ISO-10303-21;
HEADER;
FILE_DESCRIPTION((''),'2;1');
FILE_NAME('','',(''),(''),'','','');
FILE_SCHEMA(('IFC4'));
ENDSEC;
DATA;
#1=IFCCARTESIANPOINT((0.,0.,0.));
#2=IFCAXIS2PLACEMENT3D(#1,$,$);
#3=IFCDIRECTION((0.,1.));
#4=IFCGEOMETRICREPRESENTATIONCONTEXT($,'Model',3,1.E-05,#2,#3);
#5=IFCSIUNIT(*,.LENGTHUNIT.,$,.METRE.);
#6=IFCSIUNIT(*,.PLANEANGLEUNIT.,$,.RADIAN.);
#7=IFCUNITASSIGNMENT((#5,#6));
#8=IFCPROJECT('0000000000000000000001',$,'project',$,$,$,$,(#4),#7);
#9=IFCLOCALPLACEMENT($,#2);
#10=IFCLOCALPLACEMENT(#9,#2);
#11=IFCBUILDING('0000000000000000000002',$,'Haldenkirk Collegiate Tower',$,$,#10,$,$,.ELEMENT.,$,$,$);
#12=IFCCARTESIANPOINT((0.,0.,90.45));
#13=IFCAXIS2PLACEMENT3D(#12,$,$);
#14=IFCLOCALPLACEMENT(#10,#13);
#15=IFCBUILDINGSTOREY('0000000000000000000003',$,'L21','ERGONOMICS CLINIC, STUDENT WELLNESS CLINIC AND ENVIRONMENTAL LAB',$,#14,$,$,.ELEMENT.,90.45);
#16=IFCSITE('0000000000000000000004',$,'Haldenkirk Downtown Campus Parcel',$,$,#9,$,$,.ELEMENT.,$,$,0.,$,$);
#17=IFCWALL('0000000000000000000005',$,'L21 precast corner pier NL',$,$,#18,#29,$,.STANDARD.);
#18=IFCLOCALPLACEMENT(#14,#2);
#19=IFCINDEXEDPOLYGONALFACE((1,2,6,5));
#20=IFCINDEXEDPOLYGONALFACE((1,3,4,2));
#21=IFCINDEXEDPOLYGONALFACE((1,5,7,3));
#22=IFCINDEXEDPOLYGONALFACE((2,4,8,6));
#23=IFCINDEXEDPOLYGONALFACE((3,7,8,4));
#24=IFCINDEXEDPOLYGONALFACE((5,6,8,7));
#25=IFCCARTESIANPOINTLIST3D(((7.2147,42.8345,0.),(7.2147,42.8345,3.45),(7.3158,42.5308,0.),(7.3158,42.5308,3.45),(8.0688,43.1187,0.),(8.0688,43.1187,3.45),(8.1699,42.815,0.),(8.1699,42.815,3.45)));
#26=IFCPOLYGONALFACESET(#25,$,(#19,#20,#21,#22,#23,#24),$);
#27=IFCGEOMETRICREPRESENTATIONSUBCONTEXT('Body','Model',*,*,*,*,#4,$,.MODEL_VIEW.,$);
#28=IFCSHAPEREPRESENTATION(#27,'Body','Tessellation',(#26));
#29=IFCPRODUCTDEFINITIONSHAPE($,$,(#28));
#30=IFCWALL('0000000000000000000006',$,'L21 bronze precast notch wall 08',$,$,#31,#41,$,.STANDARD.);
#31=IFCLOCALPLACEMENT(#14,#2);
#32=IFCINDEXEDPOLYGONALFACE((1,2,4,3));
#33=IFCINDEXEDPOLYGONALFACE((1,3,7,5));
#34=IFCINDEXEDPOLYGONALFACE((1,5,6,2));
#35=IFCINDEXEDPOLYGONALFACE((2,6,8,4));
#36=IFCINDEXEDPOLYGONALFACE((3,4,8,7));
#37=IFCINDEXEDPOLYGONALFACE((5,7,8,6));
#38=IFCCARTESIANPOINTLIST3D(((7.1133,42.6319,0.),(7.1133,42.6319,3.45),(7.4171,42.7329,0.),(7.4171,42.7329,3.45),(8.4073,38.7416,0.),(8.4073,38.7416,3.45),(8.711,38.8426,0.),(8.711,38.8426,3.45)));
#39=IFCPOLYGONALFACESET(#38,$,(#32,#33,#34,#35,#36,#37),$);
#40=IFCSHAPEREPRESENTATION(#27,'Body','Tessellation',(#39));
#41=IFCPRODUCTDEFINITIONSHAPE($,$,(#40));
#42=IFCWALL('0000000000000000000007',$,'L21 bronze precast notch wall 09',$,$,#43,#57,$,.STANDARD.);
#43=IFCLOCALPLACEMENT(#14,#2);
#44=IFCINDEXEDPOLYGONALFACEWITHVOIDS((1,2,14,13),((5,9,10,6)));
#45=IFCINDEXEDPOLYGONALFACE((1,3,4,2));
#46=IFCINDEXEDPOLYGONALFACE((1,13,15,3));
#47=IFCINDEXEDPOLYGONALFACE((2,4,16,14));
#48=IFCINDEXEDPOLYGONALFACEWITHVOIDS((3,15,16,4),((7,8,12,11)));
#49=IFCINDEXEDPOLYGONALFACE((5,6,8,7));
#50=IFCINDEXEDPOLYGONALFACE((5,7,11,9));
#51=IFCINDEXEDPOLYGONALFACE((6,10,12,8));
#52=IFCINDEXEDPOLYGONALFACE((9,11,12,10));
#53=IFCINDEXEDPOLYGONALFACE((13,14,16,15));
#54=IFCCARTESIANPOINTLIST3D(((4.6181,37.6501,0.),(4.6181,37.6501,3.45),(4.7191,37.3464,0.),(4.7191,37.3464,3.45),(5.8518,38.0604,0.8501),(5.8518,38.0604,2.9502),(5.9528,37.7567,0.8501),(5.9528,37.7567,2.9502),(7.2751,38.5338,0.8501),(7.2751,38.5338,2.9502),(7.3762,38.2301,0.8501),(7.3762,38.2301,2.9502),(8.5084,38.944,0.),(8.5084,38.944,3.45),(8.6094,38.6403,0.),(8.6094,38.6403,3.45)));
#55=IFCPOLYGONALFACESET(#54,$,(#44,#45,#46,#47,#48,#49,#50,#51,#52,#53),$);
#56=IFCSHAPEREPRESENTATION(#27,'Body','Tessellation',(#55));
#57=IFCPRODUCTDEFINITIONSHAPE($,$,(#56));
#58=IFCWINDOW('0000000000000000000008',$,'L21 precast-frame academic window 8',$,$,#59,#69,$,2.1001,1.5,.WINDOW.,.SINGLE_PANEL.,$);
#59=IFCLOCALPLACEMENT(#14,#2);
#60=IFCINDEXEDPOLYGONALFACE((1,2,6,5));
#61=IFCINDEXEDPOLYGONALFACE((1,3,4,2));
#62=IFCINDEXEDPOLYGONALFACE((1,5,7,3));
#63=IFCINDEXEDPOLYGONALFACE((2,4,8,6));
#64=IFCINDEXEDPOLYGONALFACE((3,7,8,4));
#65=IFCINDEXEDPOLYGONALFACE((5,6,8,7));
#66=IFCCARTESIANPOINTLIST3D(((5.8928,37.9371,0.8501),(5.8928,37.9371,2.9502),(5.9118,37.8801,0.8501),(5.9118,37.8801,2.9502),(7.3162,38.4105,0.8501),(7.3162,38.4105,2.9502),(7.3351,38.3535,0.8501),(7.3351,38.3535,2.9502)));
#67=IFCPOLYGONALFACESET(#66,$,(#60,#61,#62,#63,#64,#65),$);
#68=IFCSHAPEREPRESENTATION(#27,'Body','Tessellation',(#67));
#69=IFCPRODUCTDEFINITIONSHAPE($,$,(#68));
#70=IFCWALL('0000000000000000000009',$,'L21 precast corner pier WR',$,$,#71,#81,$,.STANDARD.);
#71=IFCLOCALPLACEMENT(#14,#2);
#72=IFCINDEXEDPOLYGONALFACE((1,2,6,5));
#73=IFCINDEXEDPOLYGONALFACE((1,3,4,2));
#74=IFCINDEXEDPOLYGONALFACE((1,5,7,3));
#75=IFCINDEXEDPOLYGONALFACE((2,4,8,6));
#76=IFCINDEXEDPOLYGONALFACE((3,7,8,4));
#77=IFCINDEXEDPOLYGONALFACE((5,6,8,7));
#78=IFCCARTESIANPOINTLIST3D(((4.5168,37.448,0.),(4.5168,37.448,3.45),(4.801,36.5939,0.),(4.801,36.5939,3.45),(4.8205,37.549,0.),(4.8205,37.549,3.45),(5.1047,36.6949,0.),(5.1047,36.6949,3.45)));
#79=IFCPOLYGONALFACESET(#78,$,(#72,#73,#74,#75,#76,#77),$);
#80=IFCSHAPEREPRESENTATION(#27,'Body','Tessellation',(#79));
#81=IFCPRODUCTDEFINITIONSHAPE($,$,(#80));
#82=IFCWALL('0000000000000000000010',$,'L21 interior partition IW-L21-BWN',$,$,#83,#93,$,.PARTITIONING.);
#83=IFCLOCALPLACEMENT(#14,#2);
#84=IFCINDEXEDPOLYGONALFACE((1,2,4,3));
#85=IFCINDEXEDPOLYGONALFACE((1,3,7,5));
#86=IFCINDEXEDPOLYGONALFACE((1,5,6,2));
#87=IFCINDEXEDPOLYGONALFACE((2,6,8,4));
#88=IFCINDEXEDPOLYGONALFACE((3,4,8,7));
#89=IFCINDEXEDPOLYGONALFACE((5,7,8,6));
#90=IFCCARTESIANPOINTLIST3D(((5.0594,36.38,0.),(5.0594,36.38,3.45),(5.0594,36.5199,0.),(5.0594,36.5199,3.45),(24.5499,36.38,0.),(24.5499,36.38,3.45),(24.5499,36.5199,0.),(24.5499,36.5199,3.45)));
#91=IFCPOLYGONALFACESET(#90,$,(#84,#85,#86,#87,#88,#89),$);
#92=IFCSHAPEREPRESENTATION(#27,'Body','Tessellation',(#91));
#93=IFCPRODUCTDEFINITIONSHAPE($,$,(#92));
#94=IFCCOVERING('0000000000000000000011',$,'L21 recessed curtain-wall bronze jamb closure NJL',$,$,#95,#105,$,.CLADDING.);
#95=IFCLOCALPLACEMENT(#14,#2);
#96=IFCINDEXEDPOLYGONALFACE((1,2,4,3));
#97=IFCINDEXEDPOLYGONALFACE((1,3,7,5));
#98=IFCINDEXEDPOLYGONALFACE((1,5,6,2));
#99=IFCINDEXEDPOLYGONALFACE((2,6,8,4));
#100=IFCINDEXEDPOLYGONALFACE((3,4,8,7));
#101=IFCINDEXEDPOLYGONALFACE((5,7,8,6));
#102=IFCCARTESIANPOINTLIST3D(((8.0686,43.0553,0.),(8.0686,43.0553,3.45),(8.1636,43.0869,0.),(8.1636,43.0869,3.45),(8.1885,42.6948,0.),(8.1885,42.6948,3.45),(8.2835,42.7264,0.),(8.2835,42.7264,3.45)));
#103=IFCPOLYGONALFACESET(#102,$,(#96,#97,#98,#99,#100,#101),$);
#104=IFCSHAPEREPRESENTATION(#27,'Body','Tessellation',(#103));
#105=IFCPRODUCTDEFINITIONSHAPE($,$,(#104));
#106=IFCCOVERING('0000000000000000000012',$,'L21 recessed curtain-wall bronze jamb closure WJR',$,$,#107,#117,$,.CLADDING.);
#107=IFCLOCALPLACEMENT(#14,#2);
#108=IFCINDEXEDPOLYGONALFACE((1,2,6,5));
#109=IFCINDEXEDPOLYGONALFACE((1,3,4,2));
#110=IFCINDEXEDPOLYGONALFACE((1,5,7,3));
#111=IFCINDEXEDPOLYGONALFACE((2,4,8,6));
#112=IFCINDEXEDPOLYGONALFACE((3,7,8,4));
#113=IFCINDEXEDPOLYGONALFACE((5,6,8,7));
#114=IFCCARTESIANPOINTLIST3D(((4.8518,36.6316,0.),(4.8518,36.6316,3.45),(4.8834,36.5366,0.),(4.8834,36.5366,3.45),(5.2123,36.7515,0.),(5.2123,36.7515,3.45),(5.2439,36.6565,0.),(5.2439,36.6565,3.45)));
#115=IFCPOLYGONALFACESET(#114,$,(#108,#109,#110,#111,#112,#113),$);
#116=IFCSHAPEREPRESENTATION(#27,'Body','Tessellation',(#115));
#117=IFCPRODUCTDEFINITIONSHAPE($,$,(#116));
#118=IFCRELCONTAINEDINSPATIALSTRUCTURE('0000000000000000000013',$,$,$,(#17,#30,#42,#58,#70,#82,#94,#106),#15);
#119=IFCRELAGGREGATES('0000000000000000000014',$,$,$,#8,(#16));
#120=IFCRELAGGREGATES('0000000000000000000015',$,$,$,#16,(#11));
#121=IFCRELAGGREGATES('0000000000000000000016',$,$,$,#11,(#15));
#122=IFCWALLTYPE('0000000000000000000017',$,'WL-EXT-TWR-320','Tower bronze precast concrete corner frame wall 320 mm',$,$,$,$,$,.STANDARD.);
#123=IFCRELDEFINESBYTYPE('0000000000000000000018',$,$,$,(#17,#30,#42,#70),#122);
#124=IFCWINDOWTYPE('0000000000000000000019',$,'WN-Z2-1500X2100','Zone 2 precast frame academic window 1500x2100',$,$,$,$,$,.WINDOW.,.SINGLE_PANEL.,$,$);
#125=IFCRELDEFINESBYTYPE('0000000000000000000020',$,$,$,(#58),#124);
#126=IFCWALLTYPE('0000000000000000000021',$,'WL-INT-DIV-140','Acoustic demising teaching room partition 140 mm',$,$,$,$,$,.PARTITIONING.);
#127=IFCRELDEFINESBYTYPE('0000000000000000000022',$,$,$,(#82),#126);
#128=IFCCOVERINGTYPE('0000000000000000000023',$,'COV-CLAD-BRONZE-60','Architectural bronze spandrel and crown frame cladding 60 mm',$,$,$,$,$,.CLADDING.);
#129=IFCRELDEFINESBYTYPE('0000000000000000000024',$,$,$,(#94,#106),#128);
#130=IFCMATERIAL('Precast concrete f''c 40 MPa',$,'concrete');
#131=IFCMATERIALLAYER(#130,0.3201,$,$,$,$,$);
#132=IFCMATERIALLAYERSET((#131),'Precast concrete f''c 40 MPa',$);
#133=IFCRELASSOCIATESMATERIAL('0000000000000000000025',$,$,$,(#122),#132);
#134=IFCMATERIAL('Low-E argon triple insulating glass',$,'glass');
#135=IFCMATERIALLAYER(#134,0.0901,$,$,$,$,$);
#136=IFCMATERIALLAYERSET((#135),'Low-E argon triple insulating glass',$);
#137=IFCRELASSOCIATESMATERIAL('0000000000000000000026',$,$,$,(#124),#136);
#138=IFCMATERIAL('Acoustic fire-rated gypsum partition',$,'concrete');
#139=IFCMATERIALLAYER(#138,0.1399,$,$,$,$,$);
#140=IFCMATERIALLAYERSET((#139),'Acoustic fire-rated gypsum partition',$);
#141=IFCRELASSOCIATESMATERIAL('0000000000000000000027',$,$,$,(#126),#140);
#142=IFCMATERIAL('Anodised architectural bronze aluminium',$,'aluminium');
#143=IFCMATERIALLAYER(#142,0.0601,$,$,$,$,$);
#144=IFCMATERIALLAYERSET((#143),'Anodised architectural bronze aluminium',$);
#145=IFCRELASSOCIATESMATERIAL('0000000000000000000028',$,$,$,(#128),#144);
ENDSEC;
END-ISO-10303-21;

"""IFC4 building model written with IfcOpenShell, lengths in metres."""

from ifc_helpers import new_model, si_unit, direction, frame, frame_2d, origin, origin_2d, place, context, subcontext, project, spatial, rectangle, extrude, source, transform, mapped, material, layer, layer_set, type_object, element, fill, save


model = new_model("IFC4")

# Units and contexts
model_context = context("Model", 3, precision=1e-05, world=origin(), true_north=direction((0.0, 1.0)))
body_context = subcontext(model_context, "Body", "Model", "MODEL_VIEW")
ifc_project = project(units=[si_unit("LENGTHUNIT", "METRE"), si_unit("PLANEANGLEUNIT", "RADIAN")], contexts=[model_context])

# Site, building, storey
site_placement = place(None, origin())
site = spatial("IfcSite", under=ifc_project, at=site_placement, Name="Haldenkirk Downtown Campus Parcel", CompositionType="ELEMENT", RefElevation=0.0)
building_placement = place(site_placement, origin())
building = spatial("IfcBuilding", under=site, at=building_placement, Name="Haldenkirk Collegiate Tower", CompositionType="ELEMENT")
storey_placement = place(building_placement, frame((0.0, 0.0, 90.45)))
storey = spatial("IfcBuildingStorey", under=building, at=storey_placement, Name="L21", Description="ERGONOMICS CLINIC, STUDENT WELLNESS CLINIC AND ENVIRONMENTAL LAB", CompositionType="ELEMENT", Elevation=90.45)

# Shared definitions
ifc_material_1 = material(Name="Anodised architectural bronze aluminium", Category="aluminium")

# Shared definitions
ifc_material_2 = material(Name="Low-E argon triple insulating glass", Category="glass")

# Walls
ifc_material_3 = material(Name="Precast concrete f'c 40 MPa", Category="concrete")
ifc_layer_1 = layer(ifc_material_3, 0.3201)
ifc_layer_set_1 = layer_set([ifc_layer_1], Name="Precast concrete f'c 40 MPa")
wall_type_1 = type_object("IfcWallType", Name="WL-EXT-TWR-320", Description="Tower bronze precast concrete corner frame wall 320 mm", PredefinedType="STANDARD", material=ifc_layer_set_1)
wall_1_placement = place(storey_placement, frame((7.2651, 42.6826, 0.0), z_axis=(0.0, 0.0, 1.0), x_axis=(0.948846, 0.315739, 0.0)))
element("IfcWall", 1, at=wall_1_placement, inside=storey, type_object=wall_type_1, Name="L21 precast corner pier NL", PredefinedType="STANDARD", context=body_context, shape_type="SweptSolid", body=[
    extrude(rectangle(XDim=0.9001, YDim=0.3201, at=frame_2d((0.4502, 0.0))), origin(), (0.0, 0.0, 1.0), 3.45),
])
wall_2_placement = place(storey_placement, frame((8.5591, 38.7922, 0.0), z_axis=(0.0, 0.0, 1.0), x_axis=(-0.315602, 0.948892, 0.0)))
element("IfcWall", 2, at=wall_2_placement, inside=storey, type_object=wall_type_1, Name="L21 bronze precast notch wall 08", PredefinedType="STANDARD", context=body_context, shape_type="SweptSolid", body=[
    extrude(rectangle(XDim=4.0999, YDim=0.3201, at=frame_2d((2.0498, 0.0))), origin(), (0.0, 0.0, 1.0), 3.45),
])

# Wall, opening, window
wall_3_placement = place(storey_placement, frame((4.6687, 37.4983, 0.0), z_axis=(0.0, 0.0, 1.0), x_axis=(0.948892, 0.315602, 0.0)))
wall_3 = element("IfcWall", 3, at=wall_3_placement, inside=storey, type_object=wall_type_1, Name="L21 bronze precast notch wall 09", PredefinedType="STANDARD", context=body_context, shape_type="SweptSolid", body=[
    extrude(rectangle(XDim=4.0999, YDim=0.3201, at=frame_2d((2.0498, 0.0))), origin(), (0.0, 0.0, 1.0), 3.45),
])
opening_placement = place(wall_3_placement, frame((1.3, 0.0, 0.8501)))
opening = element("IfcOpeningElement", 4, at=opening_placement, cuts=wall_3, PredefinedType="OPENING", context=body_context, shape_type="SweptSolid", body=[
    extrude(rectangle(XDim=1.5, YDim=2.1001, at=frame_2d((0.75, 1.05))), frame((0.0, 0.1699, 0.0), z_axis=(0.0, -1.0, 0.0), x_axis=(1.0, 0.0, 0.0)), (0.0, 0.0, 1.0), 0.3401),
])
ifc_layer_2 = layer(ifc_material_2, 0.0901)
ifc_layer_set_2 = layer_set([ifc_layer_2], Name="Low-E argon triple insulating glass")
window_type = type_object("IfcWindowType", Name="WN-Z2-1500X2100", Description="Zone 2 precast frame academic window 1500x2100", PartitioningType="SINGLE_PANEL", PredefinedType="WINDOW", material=ifc_layer_set_2)
window_placement = place(opening_placement, origin())
window = element("IfcWindow", 5, at=window_placement, inside=storey, type_object=window_type, Name="L21 precast-frame academic window 8", OverallHeight=2.1001, OverallWidth=1.5, PartitioningType="SINGLE_PANEL", PredefinedType="WINDOW", context=body_context, shape_type="SweptSolid", body=[
    extrude(rectangle(XDim=1.5, YDim=2.1001, at=frame_2d((0.75, 1.05))), frame((0.0, 0.03, 0.0), z_axis=(0.0, -1.0, 0.0), x_axis=(1.0, 0.0, 0.0)), (0.0, 0.0, 1.0), 0.0601),
])
fill(opening, window)

# Walls
wall_4_placement = place(storey_placement, frame((4.9529, 36.6443, 0.0), z_axis=(0.0, 0.0, 1.0), x_axis=(-0.315739, 0.948846, 0.0)))
element("IfcWall", 6, at=wall_4_placement, inside=storey, type_object=wall_type_1, Name="L21 precast corner pier WR", PredefinedType="STANDARD", context=body_context, shape_type="SweptSolid", body=[
    extrude(rectangle(XDim=0.9001, YDim=0.3201, at=frame_2d((0.4502, 0.0))), origin(), (0.0, 0.0, 1.0), 3.45),
])
ifc_material_4 = material(Name="Acoustic fire-rated gypsum partition", Category="concrete")
ifc_layer_3 = layer(ifc_material_4, 0.1399)
ifc_layer_set_3 = layer_set([ifc_layer_3], Name="Acoustic fire-rated gypsum partition")
wall_type_2 = type_object("IfcWallType", Name="WL-INT-DIV-140", Description="Acoustic demising teaching room partition 140 mm", PredefinedType="PARTITIONING", material=ifc_layer_set_3)
wall_5_placement = place(storey_placement, frame((5.0596, 36.45, 0.0), z_axis=(0.0, 0.0, 1.0), x_axis=(1.0, 0.0, 0.0)))
element("IfcWall", 7, at=wall_5_placement, inside=storey, type_object=wall_type_2, Name="L21 interior partition IW-L21-BWN", PredefinedType="PARTITIONING", context=body_context, shape_type="SweptSolid", body=[
    extrude(rectangle(XDim=19.4905, YDim=0.1399, at=frame_2d((9.7451, 0.0))), origin(), (0.0, 0.0, 1.0), 3.45),
])

# Coverings
ifc_layer_4 = layer(ifc_material_1, 0.0601)
ifc_layer_set_4 = layer_set([ifc_layer_4], Name="Anodised architectural bronze aluminium")
covering_type = type_object("IfcCoveringType", Name="COV-CLAD-BRONZE-60", Description="Architectural bronze spandrel and crown frame cladding 60 mm", PredefinedType="CLADDING", material=ifc_layer_set_4)
shared_shape_1 = source(origin(), body_context, "Body", "SweptSolid", [
    extrude(rectangle(XDim=0.1001, YDim=0.3799, at=origin_2d()), origin(), (0.0, 0.0, 1.0), 3.45),
])
for number, where, z_axis, x_axis, name in (
    (8, (8.176, 42.8909, 0.0), (0.0, 0.0, 1.0), (0.948876, 0.315649, 0.0), "L21 recessed curtain-wall bronze jamb closure NJL"),
    (9, (5.0479, 36.644, 0.0), (0.0, 0.0, 1.0), (-0.315649, 0.948876, 0.0), "L21 recessed curtain-wall bronze jamb closure WJR"),
):
    element("IfcCovering", number, at=place(storey_placement, frame(where, z_axis=z_axis, x_axis=x_axis)), inside=storey, type_object=covering_type, Name=name, PredefinedType="CLADDING", context=body_context, shape_type="MappedRepresentation", body=[
        mapped(shared_shape_1, transform((0.0, 0.0, 0.0), x_axis=(1.0, 0.0, 0.0), y_axis=(0.0, 1.0, 0.0), z_axis=(0.0, 0.0, 1.0), scale=1.0)),
    ])

save(model, "model.ifc")
